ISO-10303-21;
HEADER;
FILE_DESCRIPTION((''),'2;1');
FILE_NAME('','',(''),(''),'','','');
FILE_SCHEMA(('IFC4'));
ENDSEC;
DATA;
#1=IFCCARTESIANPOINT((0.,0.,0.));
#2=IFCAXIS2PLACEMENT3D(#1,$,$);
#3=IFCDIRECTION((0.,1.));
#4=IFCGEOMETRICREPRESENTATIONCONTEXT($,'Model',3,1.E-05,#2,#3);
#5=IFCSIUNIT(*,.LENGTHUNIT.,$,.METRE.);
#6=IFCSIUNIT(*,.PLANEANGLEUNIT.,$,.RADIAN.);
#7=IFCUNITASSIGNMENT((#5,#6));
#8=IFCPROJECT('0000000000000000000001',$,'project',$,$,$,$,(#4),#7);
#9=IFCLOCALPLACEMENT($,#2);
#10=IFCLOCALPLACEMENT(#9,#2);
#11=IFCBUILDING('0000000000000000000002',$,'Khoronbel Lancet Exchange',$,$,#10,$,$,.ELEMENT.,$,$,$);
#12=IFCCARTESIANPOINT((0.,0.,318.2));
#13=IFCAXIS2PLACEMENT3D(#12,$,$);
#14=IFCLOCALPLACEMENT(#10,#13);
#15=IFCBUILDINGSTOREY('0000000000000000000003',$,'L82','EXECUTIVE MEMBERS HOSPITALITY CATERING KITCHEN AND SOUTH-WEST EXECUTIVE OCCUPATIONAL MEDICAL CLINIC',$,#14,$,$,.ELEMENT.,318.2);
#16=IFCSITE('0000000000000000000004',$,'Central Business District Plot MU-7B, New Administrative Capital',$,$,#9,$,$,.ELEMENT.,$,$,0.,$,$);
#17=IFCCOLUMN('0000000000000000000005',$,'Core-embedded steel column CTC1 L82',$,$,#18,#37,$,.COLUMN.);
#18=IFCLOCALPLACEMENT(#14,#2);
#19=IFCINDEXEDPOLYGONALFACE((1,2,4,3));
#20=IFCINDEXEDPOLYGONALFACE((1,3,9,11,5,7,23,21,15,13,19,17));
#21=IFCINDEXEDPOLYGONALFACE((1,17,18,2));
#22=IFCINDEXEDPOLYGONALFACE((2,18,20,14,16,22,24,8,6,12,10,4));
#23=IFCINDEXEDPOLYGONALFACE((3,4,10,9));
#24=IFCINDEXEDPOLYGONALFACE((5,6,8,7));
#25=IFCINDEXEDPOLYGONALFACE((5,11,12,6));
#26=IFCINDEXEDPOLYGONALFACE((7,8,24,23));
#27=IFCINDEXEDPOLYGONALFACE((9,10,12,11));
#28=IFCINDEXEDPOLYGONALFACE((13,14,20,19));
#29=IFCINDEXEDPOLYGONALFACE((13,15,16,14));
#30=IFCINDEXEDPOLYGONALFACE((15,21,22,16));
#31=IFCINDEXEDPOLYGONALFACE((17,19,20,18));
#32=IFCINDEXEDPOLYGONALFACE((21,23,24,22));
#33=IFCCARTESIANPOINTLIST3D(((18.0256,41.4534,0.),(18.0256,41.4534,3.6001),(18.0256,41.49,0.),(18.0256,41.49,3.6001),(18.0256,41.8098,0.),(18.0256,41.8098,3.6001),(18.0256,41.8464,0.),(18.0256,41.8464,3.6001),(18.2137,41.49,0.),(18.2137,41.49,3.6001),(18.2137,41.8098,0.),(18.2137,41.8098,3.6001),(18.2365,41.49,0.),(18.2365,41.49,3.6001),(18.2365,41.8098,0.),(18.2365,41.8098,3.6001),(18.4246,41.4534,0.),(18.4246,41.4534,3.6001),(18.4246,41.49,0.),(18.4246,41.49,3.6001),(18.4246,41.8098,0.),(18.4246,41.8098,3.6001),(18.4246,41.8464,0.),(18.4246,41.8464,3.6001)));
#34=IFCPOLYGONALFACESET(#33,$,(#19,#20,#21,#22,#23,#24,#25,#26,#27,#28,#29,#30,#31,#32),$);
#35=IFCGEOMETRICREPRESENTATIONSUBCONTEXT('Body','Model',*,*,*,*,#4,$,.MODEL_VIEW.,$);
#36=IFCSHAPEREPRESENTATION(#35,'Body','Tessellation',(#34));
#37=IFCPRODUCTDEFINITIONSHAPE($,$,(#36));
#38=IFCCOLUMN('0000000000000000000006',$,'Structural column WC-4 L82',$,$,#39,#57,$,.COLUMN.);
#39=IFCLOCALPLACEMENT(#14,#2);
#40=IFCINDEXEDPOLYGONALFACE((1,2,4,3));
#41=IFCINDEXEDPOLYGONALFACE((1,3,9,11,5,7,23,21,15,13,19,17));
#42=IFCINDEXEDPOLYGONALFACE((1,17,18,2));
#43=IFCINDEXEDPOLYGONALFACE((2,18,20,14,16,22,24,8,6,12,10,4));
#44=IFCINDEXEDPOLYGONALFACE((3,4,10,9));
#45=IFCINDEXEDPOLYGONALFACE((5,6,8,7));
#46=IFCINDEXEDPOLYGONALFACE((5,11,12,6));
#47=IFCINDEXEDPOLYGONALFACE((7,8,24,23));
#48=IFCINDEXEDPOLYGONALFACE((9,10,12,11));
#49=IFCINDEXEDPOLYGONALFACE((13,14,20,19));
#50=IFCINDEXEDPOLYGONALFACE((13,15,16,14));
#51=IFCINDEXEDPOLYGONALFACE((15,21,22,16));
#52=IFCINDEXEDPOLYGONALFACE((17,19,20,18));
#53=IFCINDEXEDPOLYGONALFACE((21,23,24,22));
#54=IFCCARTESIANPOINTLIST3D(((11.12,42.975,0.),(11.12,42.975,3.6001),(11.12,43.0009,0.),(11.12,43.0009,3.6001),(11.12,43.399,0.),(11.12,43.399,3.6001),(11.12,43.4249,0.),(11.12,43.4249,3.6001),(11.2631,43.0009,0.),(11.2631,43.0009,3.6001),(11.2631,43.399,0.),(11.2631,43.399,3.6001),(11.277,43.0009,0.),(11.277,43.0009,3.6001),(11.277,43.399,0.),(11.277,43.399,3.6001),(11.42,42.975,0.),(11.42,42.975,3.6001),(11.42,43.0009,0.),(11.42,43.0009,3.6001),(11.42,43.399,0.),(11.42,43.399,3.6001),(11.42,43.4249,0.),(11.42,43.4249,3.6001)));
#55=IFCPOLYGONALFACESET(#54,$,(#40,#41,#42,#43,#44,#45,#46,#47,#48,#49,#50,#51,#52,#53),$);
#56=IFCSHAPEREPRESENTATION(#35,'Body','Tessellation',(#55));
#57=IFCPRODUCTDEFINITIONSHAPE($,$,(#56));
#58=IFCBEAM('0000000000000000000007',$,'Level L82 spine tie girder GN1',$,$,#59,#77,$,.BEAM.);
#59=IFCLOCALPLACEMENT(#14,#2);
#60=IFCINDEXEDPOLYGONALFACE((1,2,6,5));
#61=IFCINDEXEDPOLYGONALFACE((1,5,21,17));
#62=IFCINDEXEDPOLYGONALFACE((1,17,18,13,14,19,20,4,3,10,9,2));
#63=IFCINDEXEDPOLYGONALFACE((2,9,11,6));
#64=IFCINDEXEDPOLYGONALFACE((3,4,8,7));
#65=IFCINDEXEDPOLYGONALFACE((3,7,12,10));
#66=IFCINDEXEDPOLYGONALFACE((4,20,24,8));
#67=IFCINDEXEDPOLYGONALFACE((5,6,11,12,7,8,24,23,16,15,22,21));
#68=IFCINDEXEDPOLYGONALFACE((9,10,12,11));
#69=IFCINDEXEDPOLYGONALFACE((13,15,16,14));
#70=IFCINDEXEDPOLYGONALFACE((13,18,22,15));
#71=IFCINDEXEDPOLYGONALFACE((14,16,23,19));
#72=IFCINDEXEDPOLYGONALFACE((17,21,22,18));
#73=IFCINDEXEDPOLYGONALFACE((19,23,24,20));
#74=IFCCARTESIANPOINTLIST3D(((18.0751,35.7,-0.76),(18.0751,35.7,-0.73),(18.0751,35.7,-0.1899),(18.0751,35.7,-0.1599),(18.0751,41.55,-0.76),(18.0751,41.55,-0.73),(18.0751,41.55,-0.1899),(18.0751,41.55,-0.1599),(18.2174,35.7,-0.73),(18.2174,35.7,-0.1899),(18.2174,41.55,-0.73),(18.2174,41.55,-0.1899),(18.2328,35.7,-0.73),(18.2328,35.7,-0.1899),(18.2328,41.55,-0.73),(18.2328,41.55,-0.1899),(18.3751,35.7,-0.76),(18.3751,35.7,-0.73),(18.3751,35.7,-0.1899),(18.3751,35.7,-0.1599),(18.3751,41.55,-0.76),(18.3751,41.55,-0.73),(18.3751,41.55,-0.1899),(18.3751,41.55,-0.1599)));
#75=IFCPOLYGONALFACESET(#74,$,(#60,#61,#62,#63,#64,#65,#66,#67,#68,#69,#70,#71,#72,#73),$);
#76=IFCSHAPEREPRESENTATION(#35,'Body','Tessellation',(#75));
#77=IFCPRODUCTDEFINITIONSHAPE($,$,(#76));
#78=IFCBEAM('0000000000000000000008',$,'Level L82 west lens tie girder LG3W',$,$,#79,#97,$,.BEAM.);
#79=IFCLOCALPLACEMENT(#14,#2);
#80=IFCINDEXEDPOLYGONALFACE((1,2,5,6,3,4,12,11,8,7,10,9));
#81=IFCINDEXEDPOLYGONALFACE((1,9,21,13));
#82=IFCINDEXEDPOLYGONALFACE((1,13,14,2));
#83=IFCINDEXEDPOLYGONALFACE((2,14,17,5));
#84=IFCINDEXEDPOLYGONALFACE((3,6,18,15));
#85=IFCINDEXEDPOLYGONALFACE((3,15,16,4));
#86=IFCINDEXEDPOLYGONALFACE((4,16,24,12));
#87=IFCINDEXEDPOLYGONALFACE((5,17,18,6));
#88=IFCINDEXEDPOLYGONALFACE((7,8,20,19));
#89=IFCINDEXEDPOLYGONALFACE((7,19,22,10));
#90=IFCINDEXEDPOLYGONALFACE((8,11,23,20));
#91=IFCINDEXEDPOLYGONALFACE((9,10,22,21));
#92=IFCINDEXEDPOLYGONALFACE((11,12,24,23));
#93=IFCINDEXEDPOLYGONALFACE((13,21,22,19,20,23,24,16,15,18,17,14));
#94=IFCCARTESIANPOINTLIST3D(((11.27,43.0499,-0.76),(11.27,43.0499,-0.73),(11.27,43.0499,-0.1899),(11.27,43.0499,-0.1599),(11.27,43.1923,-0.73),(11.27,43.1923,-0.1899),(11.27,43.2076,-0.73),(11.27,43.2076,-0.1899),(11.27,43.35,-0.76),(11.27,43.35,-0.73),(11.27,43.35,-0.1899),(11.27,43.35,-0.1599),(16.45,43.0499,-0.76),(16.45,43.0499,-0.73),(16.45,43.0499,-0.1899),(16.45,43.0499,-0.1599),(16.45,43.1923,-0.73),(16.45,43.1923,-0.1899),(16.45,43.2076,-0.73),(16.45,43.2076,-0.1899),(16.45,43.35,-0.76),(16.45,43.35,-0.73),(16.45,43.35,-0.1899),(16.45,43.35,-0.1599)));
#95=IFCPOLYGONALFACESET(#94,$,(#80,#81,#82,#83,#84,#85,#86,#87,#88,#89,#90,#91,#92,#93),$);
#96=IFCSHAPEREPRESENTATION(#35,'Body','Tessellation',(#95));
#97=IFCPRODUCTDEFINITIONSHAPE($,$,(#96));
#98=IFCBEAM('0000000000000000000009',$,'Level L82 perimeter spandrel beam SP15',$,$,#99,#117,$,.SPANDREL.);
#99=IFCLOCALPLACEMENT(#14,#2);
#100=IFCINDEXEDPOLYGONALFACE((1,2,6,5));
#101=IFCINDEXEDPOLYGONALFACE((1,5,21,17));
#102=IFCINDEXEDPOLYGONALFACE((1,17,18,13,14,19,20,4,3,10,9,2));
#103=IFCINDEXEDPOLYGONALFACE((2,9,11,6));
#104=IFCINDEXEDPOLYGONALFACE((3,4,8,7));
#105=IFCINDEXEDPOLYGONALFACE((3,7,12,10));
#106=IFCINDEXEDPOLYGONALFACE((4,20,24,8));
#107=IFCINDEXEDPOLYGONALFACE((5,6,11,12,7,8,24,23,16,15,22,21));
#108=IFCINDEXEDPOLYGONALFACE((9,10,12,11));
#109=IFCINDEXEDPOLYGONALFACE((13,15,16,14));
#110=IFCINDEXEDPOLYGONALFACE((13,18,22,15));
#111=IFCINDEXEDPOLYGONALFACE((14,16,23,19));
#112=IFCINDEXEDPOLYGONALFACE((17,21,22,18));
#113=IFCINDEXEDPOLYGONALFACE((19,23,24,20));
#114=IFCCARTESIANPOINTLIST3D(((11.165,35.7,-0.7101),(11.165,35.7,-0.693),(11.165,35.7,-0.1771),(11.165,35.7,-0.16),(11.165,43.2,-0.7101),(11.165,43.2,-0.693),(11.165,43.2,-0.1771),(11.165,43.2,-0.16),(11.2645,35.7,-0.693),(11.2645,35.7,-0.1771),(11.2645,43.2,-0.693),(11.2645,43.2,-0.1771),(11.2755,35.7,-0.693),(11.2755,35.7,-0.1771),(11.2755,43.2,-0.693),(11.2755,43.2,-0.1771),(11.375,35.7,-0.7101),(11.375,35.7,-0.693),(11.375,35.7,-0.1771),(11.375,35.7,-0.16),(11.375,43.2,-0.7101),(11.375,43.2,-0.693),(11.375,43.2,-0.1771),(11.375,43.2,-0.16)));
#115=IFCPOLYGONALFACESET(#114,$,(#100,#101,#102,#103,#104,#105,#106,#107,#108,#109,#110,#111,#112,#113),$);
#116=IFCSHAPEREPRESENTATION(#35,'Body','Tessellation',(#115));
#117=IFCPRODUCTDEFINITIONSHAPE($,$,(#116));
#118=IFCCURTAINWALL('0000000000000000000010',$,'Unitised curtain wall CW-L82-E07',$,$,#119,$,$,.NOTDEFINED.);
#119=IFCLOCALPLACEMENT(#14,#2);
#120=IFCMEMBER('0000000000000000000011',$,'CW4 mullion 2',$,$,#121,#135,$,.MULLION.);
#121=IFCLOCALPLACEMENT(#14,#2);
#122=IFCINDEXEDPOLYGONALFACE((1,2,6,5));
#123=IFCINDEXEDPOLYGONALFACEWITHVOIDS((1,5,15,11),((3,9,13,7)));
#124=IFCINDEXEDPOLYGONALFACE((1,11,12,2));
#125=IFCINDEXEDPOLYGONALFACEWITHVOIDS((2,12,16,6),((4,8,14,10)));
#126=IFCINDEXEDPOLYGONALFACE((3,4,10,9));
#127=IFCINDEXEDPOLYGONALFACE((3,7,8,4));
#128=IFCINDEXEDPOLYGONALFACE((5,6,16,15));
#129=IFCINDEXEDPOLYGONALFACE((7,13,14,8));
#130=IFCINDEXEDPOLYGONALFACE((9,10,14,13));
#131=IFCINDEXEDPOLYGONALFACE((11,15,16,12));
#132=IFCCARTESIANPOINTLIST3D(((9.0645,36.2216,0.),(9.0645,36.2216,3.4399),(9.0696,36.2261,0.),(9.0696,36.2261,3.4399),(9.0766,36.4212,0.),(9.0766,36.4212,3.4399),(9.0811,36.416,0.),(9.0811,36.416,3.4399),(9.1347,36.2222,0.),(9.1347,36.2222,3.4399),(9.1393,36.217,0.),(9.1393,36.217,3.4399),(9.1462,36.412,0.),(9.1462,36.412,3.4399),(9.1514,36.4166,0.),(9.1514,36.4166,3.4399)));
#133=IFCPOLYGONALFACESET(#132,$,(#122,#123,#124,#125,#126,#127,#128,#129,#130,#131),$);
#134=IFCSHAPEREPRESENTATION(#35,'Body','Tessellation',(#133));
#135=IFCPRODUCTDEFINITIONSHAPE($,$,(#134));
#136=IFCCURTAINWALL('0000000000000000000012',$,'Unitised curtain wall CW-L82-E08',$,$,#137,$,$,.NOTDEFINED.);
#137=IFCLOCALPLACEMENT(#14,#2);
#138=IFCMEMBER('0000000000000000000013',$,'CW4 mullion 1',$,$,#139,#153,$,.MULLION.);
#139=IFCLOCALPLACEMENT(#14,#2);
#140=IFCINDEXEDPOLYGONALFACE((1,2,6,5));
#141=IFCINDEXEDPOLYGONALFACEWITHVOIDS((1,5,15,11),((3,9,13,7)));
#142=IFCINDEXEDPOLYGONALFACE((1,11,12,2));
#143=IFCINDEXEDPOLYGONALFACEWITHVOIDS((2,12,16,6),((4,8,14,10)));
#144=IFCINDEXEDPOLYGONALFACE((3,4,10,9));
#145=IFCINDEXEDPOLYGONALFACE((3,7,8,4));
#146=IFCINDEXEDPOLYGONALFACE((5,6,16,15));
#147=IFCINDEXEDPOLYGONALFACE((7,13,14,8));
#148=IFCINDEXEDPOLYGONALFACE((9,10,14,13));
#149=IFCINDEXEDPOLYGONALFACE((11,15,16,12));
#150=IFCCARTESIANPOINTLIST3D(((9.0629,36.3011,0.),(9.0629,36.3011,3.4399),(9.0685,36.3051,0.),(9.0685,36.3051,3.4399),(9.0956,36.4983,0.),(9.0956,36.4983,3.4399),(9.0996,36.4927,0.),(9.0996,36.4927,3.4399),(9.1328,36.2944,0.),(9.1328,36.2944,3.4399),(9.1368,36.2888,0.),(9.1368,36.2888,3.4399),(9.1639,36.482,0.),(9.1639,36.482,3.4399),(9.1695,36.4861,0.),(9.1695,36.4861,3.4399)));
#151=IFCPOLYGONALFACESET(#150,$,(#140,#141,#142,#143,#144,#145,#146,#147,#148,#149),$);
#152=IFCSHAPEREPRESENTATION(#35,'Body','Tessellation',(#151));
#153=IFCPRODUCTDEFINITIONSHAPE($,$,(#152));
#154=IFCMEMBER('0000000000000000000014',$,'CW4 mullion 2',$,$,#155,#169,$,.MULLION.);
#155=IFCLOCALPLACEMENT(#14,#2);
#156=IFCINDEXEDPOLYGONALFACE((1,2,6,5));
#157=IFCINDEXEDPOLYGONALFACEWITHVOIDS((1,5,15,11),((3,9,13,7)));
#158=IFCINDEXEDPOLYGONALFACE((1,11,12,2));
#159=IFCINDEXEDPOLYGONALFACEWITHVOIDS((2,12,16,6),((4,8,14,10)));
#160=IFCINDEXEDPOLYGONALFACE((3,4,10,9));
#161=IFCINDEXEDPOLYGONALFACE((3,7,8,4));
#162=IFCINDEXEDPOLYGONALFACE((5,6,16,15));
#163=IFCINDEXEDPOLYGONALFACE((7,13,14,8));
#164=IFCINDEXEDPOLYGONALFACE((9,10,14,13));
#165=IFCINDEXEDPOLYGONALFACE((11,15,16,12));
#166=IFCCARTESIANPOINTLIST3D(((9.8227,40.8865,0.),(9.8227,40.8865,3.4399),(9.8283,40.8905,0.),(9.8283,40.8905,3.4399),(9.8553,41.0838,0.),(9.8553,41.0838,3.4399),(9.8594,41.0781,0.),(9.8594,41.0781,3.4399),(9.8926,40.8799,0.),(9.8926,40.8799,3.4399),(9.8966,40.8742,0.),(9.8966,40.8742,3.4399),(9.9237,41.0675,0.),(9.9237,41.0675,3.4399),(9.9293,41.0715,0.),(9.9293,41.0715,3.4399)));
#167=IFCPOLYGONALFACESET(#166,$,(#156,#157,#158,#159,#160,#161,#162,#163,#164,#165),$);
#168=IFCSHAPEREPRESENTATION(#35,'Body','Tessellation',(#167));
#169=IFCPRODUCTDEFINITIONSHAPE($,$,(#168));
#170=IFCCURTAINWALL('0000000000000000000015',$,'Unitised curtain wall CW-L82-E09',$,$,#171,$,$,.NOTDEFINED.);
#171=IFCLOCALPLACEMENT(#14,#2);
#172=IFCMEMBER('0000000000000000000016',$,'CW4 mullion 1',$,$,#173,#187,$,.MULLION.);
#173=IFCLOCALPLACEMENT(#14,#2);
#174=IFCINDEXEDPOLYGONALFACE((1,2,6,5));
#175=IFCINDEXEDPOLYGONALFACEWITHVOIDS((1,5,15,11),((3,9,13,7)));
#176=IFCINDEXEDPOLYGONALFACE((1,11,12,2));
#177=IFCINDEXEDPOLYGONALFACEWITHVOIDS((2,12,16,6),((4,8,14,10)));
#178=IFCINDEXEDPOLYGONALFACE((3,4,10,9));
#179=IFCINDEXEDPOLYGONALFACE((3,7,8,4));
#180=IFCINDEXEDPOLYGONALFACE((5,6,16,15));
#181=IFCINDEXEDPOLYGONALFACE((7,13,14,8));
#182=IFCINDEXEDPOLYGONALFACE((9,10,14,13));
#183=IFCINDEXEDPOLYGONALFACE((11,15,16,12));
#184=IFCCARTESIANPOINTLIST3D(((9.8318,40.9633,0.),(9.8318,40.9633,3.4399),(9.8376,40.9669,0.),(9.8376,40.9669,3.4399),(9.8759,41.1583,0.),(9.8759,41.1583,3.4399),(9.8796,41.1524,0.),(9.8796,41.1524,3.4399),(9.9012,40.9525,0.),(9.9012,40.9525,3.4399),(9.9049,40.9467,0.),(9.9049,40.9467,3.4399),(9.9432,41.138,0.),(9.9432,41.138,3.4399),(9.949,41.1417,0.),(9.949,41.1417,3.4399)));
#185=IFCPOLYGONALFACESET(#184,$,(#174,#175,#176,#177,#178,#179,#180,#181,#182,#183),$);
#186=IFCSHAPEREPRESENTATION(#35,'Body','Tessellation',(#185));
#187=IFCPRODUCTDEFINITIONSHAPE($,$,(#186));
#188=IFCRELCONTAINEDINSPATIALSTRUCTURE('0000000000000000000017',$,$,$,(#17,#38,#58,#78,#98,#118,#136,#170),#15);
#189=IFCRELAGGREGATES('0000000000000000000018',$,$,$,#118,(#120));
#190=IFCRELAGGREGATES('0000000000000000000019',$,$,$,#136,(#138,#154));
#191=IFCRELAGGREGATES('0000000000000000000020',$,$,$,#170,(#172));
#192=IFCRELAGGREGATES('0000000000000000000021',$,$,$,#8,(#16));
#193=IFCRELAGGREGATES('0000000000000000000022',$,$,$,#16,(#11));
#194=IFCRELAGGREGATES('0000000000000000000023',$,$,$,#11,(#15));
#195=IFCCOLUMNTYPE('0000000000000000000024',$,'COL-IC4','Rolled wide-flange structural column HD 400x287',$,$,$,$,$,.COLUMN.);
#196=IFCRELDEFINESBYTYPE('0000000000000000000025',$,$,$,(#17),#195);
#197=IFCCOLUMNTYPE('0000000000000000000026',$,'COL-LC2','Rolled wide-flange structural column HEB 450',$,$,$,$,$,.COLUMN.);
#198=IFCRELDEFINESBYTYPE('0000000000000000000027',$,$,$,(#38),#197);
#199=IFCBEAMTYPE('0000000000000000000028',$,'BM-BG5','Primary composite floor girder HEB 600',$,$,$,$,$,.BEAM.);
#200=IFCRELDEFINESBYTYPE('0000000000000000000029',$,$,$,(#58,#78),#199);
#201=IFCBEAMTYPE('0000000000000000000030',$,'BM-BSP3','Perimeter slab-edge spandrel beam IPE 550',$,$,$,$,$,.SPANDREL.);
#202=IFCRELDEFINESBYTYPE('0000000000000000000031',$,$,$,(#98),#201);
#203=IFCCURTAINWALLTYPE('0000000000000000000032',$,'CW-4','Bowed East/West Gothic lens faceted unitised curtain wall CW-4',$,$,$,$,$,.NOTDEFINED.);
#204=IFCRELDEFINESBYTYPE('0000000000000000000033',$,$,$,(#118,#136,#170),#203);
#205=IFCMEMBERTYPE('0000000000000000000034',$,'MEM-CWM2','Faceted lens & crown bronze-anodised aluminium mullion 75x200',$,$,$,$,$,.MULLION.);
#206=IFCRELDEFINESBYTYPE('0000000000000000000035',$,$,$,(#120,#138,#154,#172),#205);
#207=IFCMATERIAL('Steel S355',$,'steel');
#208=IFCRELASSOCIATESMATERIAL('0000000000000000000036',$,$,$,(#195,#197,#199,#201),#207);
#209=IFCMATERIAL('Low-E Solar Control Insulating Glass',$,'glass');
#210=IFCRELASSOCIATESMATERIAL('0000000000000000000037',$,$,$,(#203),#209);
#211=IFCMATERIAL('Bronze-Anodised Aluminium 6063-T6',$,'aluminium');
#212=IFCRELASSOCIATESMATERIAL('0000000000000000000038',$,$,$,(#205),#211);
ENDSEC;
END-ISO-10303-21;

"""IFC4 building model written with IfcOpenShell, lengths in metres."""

from ifc_helpers import new_model, si_unit, direction, frame, origin, origin_2d, place, context, subcontext, project, spatial, hollow_rectangle, i_section, extrude, material, material_profile, profile_set, type_object, element, aggregate, save


model = new_model("IFC4")

# Units and contexts
model_context = context("Model", 3, precision=1e-05, world=origin(), true_north=direction((0.0, 1.0)))
body_context = subcontext(model_context, "Body", "Model", "MODEL_VIEW")
ifc_project = project(units=[si_unit("LENGTHUNIT", "METRE"), si_unit("PLANEANGLEUNIT", "RADIAN")], contexts=[model_context])

# Site, building, storey
site_placement = place(None, origin())
site = spatial("IfcSite", under=ifc_project, at=site_placement, Name="Central Business District Plot MU-7B, New Administrative Capital", CompositionType="ELEMENT", RefElevation=0.0)
building_placement = place(site_placement, origin())
building = spatial("IfcBuilding", under=site, at=building_placement, Name="Khoronbel Lancet Exchange", CompositionType="ELEMENT")
storey_placement = place(building_placement, frame((0.0, 0.0, 318.2)))
storey = spatial("IfcBuildingStorey", under=building, at=storey_placement, Name="L82", Description="EXECUTIVE MEMBERS HOSPITALITY CATERING KITCHEN AND SOUTH-WEST EXECUTIVE OCCUPATIONAL MEDICAL CLINIC", CompositionType="ELEMENT", Elevation=318.2)

# Columns
ifc_material_1 = material(Name="Steel S355", Category="steel")
ifc_material_profile_1 = material_profile(ifc_material_1, i_section(OverallWidth=0.3989, OverallDepth=0.3931, WebThickness=0.0227, FlangeThickness=0.0366, at=origin_2d()), Name="HD 400x287")
ifc_profile_set_1 = profile_set([ifc_material_profile_1], Name="Steel S355")
column_type_1 = type_object("IfcColumnType", Name="COL-IC4", Description="Rolled wide-flange structural column HD 400x287", PredefinedType="COLUMN", material=ifc_profile_set_1)
column_1_placement = place(storey_placement, frame((18.2251, 41.6499, 0.0), z_axis=(0.0, 0.0, 1.0), x_axis=(1.0, 0.0, 0.0)))
element("IfcColumn", 1, at=column_1_placement, inside=storey, type_object=column_type_1, Name="Core-embedded steel column CTC1 L82", PredefinedType="COLUMN", context=body_context, shape_type="SweptSolid", body=[
    extrude(i_section(OverallWidth=0.3989, OverallDepth=0.3931, WebThickness=0.0227, FlangeThickness=0.0366, at=origin_2d()), origin(), (0.0, 0.0, 1.0), 3.6001),
])
ifc_material_profile_2 = material_profile(ifc_material_1, i_section(OverallWidth=0.3, OverallDepth=0.45, WebThickness=0.0139, FlangeThickness=0.0259, at=origin_2d()), Name="HEB 450")
ifc_profile_set_2 = profile_set([ifc_material_profile_2], Name="Steel S355")
column_type_2 = type_object("IfcColumnType", Name="COL-LC2", Description="Rolled wide-flange structural column HEB 450", PredefinedType="COLUMN", material=ifc_profile_set_2)
column_2_placement = place(storey_placement, frame((11.27, 43.2, 0.0), z_axis=(0.0, 0.0, 1.0), x_axis=(1.0, 0.0, 0.0)))
element("IfcColumn", 2, at=column_2_placement, inside=storey, type_object=column_type_2, Name="Structural column WC-4 L82", PredefinedType="COLUMN", context=body_context, shape_type="SweptSolid", body=[
    extrude(i_section(OverallWidth=0.3, OverallDepth=0.45, WebThickness=0.0139, FlangeThickness=0.0259, at=origin_2d()), origin(), (0.0, 0.0, 1.0), 3.6001),
])

# Beams
ifc_material_profile_3 = material_profile(ifc_material_1, i_section(OverallWidth=0.3, OverallDepth=0.6001, WebThickness=0.0154, FlangeThickness=0.03, at=origin_2d()), Name="HEB 600")
ifc_profile_set_3 = profile_set([ifc_material_profile_3], Name="Steel S355")
beam_type_1 = type_object("IfcBeamType", Name="BM-BG5", Description="Primary composite floor girder HEB 600", PredefinedType="BEAM", material=ifc_profile_set_3)
beam_1_placement = place(storey_placement, frame((18.2251, 35.7, -0.46), z_axis=(0.0, 1.0, 0.0), x_axis=(-1.0, 0.0, 0.0)))
element("IfcBeam", 3, at=beam_1_placement, inside=storey, type_object=beam_type_1, Name="Level L82 spine tie girder GN1", PredefinedType="BEAM", context=body_context, shape_type="SweptSolid", body=[
    extrude(i_section(OverallWidth=0.3, OverallDepth=0.6001, WebThickness=0.0154, FlangeThickness=0.03, at=origin_2d()), origin(), (0.0, 0.0, 1.0), 5.8501),
])
beam_2_placement = place(storey_placement, frame((11.27, 43.2, -0.46), z_axis=(1.0, 0.0, 0.0), x_axis=(0.0, 1.0, 0.0)))
element("IfcBeam", 4, at=beam_2_placement, inside=storey, type_object=beam_type_1, Name="Level L82 west lens tie girder LG3W", PredefinedType="BEAM", context=body_context, shape_type="SweptSolid", body=[
    extrude(i_section(OverallWidth=0.3, OverallDepth=0.6001, WebThickness=0.0154, FlangeThickness=0.03, at=origin_2d()), origin(), (0.0, 0.0, 1.0), 5.1799),
])
ifc_material_profile_4 = material_profile(ifc_material_1, i_section(OverallWidth=0.21, OverallDepth=0.55, WebThickness=0.011, FlangeThickness=0.0171, at=origin_2d()), Name="IPE 550")
ifc_profile_set_4 = profile_set([ifc_material_profile_4], Name="Steel S355")
beam_type_2 = type_object("IfcBeamType", Name="BM-BSP3", Description="Perimeter slab-edge spandrel beam IPE 550", PredefinedType="SPANDREL", material=ifc_profile_set_4)
beam_3_placement = place(storey_placement, frame((11.27, 43.2, -0.4351), z_axis=(0.0, -1.0, 0.0), x_axis=(1.0, 0.0, 0.0)))
element("IfcBeam", 5, at=beam_3_placement, inside=storey, type_object=beam_type_2, Name="Level L82 perimeter spandrel beam SP15", PredefinedType="SPANDREL", context=body_context, shape_type="SweptSolid", body=[
    extrude(i_section(OverallWidth=0.21, OverallDepth=0.55, WebThickness=0.011, FlangeThickness=0.0171, at=origin_2d()), origin(), (0.0, 0.0, 1.0), 7.5),
])

# Curtain wall, member
ifc_material_2 = material(Name="Low-E Solar Control Insulating Glass", Category="glass")
curtain_wall_type = type_object("IfcCurtainWallType", Name="CW-4", Description="Bowed East/West Gothic lens faceted unitised curtain wall CW-4", PredefinedType="NOTDEFINED", material=ifc_material_2)
curtain_wall_1_placement = place(storey_placement, origin())
curtain_wall_1 = element("IfcCurtainWall", 6, at=curtain_wall_1_placement, inside=storey, type_object=curtain_wall_type, Name="Unitised curtain wall CW-L82-E07", PredefinedType="NOTDEFINED")
ifc_material_3 = material(Name="Bronze-Anodised Aluminium 6063-T6", Category="aluminium")
ifc_material_profile_5 = material_profile(ifc_material_3, hollow_rectangle(XDim=0.075, YDim=0.2, WallThickness=0.0049, at=origin_2d()), Name="ALU MULLION 75x200")
ifc_profile_set_5 = profile_set([ifc_material_profile_5], Name="Bronze-Anodised Aluminium 6063-T6")
member_type_1 = type_object("IfcMemberType", Name="MEM-CWM2", Description="Faceted lens & crown bronze-anodised aluminium mullion 75x200", PredefinedType="MULLION", material=ifc_profile_set_5)
member_1_placement = place(storey_placement, frame((9.1079, 36.3191, 0.0), z_axis=(0.0, 0.0, 1.0), x_axis=(-0.998166, 0.060534, 0.0)))
member_1 = element("IfcMember", 7, at=member_1_placement, type_object=member_type_1, Name="CW4 mullion 2", PredefinedType="MULLION", context=body_context, shape_type="SweptSolid", body=[
    extrude(hollow_rectangle(XDim=0.075, YDim=0.2, WallThickness=0.0049, at=origin_2d()), origin(), (0.0, 0.0, 1.0), 3.4399),
])
aggregate(curtain_wall_1, [member_1])

# Curtain walls, members
curtain_wall_2_placement = place(storey_placement, origin())
curtain_wall_2 = element("IfcCurtainWall", 8, at=curtain_wall_2_placement, inside=storey, type_object=curtain_wall_type, Name="Unitised curtain wall CW-L82-E08", PredefinedType="NOTDEFINED")
member_2_placement = place(storey_placement, frame((9.1162, 36.3936, 0.0), z_axis=(0.0, 0.0, 1.0), x_axis=(-0.986547, 0.163479, 0.0)))
member_2 = element("IfcMember", 9, at=member_2_placement, type_object=member_type_1, Name="CW4 mullion 1", PredefinedType="MULLION", context=body_context, shape_type="SweptSolid", body=[
    extrude(hollow_rectangle(XDim=0.075, YDim=0.2, WallThickness=0.0049, at=origin_2d()), origin(), (0.0, 0.0, 1.0), 3.4399),
])
member_3_placement = place(storey_placement, frame((9.876, 40.979, 0.0), z_axis=(0.0, 0.0, 1.0), x_axis=(-0.986547, 0.163479, 0.0)))
member_3 = element("IfcMember", 10, at=member_3_placement, type_object=member_type_1, Name="CW4 mullion 2", PredefinedType="MULLION", context=body_context, shape_type="SweptSolid", body=[
    extrude(hollow_rectangle(XDim=0.075, YDim=0.2, WallThickness=0.0049, at=origin_2d()), origin(), (0.0, 0.0, 1.0), 3.4399),
])
curtain_wall_3_placement = place(storey_placement, origin())
curtain_wall_3 = element("IfcCurtainWall", 11, at=curtain_wall_3_placement, inside=storey, type_object=curtain_wall_type, Name="Unitised curtain wall CW-L82-E09", PredefinedType="NOTDEFINED")
member_4_placement = place(storey_placement, frame((9.8904, 41.0525, 0.0), z_axis=(0.0, 0.0, 1.0), x_axis=(-0.975333, 0.220738, 0.0)))
member_4 = element("IfcMember", 12, at=member_4_placement, type_object=member_type_1, Name="CW4 mullion 1", PredefinedType="MULLION", context=body_context, shape_type="SweptSolid", body=[
    extrude(hollow_rectangle(XDim=0.075, YDim=0.2, WallThickness=0.0049, at=origin_2d()), origin(), (0.0, 0.0, 1.0), 3.4399),
])

aggregate(curtain_wall_2, [member_2, member_3])
aggregate(curtain_wall_3, [member_4])

save(model, "model.ifc")
